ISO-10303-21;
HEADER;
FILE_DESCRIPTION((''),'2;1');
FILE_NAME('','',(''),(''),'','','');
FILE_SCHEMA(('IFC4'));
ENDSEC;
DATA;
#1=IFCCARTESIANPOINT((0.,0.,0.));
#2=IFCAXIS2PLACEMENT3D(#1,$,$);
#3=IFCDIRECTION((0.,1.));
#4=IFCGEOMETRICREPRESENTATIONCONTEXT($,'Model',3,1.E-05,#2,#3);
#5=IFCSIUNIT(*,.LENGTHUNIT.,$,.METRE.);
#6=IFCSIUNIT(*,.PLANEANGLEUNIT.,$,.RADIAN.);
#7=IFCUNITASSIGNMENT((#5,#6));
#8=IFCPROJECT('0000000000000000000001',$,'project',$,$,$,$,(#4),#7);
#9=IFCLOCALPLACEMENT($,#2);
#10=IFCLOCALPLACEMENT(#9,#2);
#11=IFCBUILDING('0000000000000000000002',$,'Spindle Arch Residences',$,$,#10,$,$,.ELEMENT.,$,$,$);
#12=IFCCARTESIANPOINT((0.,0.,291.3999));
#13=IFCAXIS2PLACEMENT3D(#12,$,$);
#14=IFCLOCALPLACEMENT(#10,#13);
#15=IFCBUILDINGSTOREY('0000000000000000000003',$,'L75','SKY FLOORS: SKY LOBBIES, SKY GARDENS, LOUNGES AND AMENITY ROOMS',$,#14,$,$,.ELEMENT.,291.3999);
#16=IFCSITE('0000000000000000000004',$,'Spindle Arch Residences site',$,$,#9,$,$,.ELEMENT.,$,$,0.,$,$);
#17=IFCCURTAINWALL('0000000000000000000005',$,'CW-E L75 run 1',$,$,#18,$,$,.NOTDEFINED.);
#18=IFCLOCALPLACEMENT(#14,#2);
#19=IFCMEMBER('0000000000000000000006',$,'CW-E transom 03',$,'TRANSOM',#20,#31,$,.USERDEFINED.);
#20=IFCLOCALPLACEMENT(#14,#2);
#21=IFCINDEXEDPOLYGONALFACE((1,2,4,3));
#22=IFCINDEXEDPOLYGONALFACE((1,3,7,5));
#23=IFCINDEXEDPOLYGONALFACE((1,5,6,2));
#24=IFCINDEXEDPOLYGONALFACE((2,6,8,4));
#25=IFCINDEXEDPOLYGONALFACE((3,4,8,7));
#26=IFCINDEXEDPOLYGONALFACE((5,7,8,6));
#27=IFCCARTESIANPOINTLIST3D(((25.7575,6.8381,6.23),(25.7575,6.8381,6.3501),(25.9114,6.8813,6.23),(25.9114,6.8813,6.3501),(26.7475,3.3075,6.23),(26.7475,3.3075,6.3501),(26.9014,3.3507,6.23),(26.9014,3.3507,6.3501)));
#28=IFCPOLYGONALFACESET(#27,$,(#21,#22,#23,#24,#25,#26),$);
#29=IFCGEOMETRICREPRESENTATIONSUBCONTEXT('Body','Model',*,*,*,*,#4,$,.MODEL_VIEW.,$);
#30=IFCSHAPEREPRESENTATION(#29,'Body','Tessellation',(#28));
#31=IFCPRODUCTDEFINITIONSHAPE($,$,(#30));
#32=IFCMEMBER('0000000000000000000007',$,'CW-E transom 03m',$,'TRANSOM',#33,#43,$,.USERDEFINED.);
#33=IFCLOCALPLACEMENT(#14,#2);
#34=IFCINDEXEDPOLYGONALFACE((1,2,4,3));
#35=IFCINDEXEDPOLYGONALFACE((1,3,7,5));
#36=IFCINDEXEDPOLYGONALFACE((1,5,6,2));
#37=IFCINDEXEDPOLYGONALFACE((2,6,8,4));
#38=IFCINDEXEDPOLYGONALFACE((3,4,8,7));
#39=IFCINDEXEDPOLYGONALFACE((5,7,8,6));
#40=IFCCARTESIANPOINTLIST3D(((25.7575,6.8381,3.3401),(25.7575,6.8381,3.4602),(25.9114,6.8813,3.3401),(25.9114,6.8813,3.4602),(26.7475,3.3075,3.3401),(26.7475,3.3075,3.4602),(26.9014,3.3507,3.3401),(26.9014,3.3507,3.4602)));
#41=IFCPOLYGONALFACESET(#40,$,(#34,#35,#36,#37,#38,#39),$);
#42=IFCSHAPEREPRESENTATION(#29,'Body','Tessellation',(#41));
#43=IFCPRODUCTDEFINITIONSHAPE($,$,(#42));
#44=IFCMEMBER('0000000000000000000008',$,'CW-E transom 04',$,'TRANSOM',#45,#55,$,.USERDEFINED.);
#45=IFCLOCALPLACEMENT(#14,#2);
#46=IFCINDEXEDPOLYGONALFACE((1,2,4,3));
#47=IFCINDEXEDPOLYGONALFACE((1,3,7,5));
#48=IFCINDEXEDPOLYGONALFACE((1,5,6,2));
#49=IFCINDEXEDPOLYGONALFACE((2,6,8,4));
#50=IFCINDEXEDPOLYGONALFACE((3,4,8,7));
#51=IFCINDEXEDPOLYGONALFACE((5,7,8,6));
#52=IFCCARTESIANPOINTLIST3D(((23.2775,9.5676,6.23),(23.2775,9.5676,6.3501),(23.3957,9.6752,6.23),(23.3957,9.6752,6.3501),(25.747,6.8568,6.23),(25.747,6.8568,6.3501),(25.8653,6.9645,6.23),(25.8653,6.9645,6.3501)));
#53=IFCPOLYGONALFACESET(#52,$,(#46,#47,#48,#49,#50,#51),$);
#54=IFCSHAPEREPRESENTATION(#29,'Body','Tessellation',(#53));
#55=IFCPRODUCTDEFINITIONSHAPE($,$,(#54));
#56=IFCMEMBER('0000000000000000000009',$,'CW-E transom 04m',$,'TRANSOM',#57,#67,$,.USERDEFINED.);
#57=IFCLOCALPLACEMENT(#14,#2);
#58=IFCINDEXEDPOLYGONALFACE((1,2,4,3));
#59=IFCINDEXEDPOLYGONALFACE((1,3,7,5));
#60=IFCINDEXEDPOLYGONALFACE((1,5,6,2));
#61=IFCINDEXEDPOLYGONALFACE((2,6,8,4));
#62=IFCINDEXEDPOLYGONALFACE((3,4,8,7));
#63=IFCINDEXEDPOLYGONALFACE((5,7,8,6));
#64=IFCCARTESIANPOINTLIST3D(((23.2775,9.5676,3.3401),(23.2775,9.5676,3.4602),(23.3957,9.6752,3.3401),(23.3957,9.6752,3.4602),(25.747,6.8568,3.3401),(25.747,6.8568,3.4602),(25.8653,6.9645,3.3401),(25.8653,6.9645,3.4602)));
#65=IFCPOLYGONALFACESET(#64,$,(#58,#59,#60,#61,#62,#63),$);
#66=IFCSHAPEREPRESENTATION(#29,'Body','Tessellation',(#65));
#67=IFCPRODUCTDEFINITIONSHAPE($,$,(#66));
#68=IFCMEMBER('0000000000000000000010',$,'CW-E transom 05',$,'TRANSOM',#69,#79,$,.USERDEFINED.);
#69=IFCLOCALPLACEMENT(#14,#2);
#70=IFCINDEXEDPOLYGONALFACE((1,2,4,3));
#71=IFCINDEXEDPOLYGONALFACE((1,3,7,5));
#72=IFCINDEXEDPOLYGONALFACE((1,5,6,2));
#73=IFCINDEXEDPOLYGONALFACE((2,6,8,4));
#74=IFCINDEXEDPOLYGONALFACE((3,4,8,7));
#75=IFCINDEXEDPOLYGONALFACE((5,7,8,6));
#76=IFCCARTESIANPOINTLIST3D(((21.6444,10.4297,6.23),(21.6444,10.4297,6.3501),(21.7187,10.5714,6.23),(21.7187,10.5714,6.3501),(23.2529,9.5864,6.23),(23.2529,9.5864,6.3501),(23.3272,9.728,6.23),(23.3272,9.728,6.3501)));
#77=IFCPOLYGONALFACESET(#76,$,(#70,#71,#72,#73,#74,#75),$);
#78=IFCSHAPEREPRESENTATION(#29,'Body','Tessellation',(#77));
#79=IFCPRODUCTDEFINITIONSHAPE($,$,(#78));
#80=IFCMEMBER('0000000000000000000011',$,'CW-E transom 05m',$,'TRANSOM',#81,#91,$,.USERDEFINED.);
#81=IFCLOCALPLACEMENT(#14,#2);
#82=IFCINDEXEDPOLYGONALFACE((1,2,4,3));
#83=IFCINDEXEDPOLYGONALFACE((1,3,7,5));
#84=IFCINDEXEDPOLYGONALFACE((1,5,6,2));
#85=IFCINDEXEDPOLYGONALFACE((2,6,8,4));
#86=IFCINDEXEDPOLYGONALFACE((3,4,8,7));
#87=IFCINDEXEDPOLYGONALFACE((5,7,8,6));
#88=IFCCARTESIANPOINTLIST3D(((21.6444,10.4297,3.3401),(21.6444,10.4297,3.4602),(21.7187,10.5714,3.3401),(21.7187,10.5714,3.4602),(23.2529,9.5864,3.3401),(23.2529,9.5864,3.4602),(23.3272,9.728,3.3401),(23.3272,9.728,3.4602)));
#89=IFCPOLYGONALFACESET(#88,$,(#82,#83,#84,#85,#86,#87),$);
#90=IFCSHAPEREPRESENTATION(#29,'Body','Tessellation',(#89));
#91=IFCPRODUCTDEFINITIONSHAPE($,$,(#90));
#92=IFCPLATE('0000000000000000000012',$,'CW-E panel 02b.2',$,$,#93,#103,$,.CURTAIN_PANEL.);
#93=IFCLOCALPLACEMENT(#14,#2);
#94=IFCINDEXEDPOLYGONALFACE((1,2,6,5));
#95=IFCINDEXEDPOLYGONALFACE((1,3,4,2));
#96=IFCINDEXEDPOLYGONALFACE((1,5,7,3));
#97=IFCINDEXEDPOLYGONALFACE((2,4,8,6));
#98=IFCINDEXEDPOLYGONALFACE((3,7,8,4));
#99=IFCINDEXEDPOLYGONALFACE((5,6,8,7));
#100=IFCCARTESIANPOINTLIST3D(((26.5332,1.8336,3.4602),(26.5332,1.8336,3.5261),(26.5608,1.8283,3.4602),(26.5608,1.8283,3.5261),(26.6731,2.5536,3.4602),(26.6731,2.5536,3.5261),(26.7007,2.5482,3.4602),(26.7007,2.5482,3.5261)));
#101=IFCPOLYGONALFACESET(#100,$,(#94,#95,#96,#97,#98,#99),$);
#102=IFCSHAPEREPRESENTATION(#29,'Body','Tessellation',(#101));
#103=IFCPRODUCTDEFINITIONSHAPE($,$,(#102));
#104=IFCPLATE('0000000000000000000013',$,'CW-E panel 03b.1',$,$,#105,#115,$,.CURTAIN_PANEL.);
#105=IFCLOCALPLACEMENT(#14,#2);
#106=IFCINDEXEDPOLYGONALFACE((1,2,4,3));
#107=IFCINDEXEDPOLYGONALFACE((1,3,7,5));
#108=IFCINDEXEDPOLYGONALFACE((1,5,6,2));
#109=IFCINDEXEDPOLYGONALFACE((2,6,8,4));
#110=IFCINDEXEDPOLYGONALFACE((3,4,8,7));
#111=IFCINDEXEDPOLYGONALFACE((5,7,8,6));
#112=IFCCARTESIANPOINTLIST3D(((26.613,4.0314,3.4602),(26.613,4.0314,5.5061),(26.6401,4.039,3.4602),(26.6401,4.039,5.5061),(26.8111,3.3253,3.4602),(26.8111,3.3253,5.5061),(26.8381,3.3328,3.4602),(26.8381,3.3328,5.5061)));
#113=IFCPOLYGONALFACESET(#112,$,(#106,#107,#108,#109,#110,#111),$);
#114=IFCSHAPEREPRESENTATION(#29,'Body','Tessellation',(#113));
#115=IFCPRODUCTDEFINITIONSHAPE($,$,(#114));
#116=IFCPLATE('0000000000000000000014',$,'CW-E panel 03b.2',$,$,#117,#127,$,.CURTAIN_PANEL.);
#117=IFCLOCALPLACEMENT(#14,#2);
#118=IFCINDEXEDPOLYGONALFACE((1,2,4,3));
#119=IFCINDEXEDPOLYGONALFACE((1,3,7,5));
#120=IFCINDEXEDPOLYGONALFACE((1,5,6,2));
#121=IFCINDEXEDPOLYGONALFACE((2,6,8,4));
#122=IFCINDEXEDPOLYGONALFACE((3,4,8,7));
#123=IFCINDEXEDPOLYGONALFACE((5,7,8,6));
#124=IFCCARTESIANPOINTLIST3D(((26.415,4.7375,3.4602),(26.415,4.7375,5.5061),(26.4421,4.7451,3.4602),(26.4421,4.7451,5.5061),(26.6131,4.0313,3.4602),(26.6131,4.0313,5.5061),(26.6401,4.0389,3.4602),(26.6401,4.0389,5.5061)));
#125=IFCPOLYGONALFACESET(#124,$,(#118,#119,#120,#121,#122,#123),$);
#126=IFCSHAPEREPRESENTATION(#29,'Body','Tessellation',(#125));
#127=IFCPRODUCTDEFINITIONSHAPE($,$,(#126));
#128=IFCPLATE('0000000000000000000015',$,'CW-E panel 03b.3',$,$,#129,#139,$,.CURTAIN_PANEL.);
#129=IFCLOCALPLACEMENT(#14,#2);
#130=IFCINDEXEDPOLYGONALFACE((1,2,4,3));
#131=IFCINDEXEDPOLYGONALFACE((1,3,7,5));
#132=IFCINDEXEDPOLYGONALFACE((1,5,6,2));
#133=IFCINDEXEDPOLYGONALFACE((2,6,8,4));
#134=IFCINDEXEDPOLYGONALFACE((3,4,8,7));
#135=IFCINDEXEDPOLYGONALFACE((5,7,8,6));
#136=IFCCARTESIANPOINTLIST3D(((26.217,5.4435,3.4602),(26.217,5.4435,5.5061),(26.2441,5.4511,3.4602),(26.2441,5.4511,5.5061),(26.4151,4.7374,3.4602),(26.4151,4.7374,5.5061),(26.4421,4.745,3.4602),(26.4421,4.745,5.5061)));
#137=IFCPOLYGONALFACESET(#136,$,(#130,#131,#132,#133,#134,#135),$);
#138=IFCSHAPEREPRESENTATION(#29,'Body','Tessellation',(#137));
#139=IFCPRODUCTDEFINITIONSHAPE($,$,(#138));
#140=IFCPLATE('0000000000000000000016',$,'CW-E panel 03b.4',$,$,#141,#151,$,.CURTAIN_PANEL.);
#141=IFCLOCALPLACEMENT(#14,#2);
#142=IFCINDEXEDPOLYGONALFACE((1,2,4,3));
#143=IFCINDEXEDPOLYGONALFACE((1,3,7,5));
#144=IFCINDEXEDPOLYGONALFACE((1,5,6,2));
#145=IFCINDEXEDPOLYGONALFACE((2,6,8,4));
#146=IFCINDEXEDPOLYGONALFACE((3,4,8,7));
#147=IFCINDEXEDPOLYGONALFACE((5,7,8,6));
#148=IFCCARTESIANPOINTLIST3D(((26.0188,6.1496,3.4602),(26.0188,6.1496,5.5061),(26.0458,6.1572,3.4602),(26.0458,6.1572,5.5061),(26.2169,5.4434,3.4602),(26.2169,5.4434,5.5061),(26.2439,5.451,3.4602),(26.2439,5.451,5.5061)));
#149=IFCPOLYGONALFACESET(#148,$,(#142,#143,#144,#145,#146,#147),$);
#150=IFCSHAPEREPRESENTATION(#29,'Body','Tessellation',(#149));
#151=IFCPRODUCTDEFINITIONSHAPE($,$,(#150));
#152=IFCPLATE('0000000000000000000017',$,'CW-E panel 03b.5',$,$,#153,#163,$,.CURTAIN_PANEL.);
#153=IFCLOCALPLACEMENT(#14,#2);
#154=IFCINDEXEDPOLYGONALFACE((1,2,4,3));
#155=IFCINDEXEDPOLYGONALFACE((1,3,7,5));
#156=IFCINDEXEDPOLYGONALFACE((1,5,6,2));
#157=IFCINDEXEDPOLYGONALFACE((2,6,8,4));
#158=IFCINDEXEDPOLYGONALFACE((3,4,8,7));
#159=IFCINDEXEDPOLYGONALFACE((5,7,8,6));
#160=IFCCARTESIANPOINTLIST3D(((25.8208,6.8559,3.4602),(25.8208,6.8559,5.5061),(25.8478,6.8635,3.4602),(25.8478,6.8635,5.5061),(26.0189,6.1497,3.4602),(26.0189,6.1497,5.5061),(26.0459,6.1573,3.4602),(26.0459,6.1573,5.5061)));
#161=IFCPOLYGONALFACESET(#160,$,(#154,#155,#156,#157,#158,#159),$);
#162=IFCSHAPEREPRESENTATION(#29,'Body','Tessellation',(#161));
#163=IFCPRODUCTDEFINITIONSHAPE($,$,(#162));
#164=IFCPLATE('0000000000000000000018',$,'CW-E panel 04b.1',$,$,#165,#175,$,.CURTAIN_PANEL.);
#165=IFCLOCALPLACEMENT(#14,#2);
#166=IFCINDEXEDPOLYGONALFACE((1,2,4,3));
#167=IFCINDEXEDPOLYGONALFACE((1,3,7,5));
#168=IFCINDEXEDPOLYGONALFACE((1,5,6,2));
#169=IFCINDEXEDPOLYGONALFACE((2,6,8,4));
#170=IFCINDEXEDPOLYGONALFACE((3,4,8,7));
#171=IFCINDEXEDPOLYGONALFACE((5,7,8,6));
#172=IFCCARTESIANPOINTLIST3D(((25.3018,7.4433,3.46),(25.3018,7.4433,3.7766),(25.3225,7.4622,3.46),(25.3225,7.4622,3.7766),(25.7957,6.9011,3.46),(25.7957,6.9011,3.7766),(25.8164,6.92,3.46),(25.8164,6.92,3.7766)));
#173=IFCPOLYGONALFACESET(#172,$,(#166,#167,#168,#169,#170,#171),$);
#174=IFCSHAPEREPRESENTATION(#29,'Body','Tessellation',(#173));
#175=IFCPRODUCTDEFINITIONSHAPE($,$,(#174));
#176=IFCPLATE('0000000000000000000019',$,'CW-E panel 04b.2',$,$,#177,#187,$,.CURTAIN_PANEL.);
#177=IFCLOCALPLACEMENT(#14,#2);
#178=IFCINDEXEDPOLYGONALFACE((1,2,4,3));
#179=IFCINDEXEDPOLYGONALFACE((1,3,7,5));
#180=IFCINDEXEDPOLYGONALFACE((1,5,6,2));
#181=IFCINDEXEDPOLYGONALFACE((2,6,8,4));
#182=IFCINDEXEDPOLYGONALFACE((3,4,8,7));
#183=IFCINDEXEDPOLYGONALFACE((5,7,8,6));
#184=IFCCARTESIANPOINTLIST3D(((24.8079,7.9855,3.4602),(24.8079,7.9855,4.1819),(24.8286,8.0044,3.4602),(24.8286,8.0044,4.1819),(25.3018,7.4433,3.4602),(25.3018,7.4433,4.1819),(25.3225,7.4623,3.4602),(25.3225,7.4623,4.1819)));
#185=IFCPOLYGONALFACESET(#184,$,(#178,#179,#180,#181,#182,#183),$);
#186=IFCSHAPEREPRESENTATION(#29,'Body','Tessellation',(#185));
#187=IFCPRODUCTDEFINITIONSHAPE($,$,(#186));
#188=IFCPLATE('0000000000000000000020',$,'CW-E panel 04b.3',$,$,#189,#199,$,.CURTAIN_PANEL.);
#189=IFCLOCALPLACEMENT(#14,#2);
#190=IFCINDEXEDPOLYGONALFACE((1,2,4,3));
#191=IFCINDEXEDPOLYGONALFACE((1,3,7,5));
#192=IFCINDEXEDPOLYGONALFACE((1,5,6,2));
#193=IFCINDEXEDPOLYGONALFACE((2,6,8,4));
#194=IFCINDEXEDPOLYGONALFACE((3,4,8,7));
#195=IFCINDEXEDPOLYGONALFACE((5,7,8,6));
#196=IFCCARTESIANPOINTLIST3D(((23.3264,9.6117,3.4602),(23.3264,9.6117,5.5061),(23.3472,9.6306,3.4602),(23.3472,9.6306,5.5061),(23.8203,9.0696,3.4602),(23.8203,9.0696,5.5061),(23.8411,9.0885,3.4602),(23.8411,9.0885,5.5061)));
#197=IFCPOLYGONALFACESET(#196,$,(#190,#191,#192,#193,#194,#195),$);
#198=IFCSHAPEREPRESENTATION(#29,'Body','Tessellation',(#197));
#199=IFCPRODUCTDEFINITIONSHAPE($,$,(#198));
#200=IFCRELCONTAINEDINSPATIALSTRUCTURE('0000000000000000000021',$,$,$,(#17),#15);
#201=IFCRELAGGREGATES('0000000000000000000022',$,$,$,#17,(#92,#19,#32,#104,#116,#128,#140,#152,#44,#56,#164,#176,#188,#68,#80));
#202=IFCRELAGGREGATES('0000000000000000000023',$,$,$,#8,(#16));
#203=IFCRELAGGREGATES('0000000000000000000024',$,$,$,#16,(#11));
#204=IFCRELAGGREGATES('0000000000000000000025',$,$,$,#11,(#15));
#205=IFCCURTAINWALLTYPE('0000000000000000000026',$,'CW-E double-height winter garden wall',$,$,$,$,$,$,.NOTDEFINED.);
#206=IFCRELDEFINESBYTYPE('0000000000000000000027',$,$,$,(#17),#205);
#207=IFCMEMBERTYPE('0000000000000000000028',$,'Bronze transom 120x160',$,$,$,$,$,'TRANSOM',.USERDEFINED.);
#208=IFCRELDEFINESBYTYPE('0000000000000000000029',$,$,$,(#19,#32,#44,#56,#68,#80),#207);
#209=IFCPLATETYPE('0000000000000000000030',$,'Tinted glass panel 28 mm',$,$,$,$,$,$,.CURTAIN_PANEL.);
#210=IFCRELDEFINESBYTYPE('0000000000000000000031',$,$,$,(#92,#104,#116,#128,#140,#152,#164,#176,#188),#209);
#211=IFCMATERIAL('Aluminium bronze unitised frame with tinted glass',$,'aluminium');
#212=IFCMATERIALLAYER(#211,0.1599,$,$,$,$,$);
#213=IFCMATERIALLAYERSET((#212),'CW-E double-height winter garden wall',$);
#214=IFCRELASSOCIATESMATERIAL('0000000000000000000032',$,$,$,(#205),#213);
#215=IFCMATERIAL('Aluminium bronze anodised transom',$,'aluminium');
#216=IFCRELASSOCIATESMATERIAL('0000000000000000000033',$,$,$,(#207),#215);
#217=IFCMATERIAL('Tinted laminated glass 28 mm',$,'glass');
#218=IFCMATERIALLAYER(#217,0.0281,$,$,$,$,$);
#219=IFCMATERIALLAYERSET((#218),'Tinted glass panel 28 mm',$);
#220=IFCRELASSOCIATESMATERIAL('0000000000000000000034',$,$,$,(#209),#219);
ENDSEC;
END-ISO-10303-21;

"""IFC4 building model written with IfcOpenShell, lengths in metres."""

from ifc_helpers import new_model, si_unit, direction, frame, origin, origin_2d, place, context, subcontext, project, spatial, rectangle, extrude, material, layer, layer_set, material_profile, profile_set, type_object, element, aggregate, save


model = new_model("IFC4")

# Units and contexts
model_context = context("Model", 3, precision=1e-05, world=origin(), true_north=direction((0.0, 1.0)))
body_context = subcontext(model_context, "Body", "Model", "MODEL_VIEW")
ifc_project = project(units=[si_unit("LENGTHUNIT", "METRE"), si_unit("PLANEANGLEUNIT", "RADIAN")], contexts=[model_context])

# Site, building, storey
site_placement = place(None, origin())
site = spatial("IfcSite", under=ifc_project, at=site_placement, Name="Spindle Arch Residences site", CompositionType="ELEMENT", RefElevation=0.0)
building_placement = place(site_placement, origin())
building = spatial("IfcBuilding", under=site, at=building_placement, Name="Spindle Arch Residences", CompositionType="ELEMENT")
storey_placement = place(building_placement, frame((0.0, 0.0, 291.3999)))
storey = spatial("IfcBuildingStorey", under=building, at=storey_placement, Name="L75", Description="SKY FLOORS: SKY LOBBIES, SKY GARDENS, LOUNGES AND AMENITY ROOMS", CompositionType="ELEMENT", Elevation=291.3999)

# Curtain wall, members, plates
ifc_material_1 = material(Name="Aluminium bronze unitised frame with tinted glass", Category="aluminium")
ifc_layer_1 = layer(ifc_material_1, 0.1599)
ifc_layer_set_1 = layer_set([ifc_layer_1], Name="CW-E double-height winter garden wall")
curtain_wall_type = type_object("IfcCurtainWallType", Name="CW-E double-height winter garden wall", PredefinedType="NOTDEFINED", material=ifc_layer_set_1)
curtain_wall_placement = place(storey_placement, origin())
curtain_wall = element("IfcCurtainWall", 1, at=curtain_wall_placement, inside=storey, type_object=curtain_wall_type, Name="CW-E L75 run 1", PredefinedType="NOTDEFINED")
ifc_material_2 = material(Name="Aluminium bronze anodised transom", Category="aluminium")
ifc_material_profile_1 = material_profile(ifc_material_2, rectangle(XDim=0.1599, YDim=0.1201, at=origin_2d()), Name="TR 120x160")
ifc_profile_set_1 = profile_set([ifc_material_profile_1], Name="Aluminium bronze anodised transom")
member_type_1 = type_object("IfcMemberType", Name="Bronze transom 120x160", ElementType="TRANSOM", PredefinedType="USERDEFINED", material=ifc_profile_set_1)
member_1_placement = place(storey_placement, frame((26.8245, 3.3291, 6.29), z_axis=(-0.269995, 0.962862, 0.0), x_axis=(-0.962862, -0.269995, 0.0)))
member_1 = element("IfcMember", 2, at=member_1_placement, type_object=member_type_1, Name="CW-E transom 03", ObjectType="TRANSOM", PredefinedType="USERDEFINED", context=body_context, shape_type="SweptSolid", body=[
    extrude(rectangle(XDim=0.1599, YDim=0.1201, at=origin_2d()), origin(), (0.0, 0.0, 1.0), 3.6667),
])
member_2_placement = place(storey_placement, frame((26.8245, 3.3291, 3.4001), z_axis=(-0.269995, 0.962862, 0.0), x_axis=(-0.962862, -0.269995, 0.0)))
member_2 = element("IfcMember", 3, at=member_2_placement, type_object=member_type_1, Name="CW-E transom 03m", ObjectType="TRANSOM", PredefinedType="USERDEFINED", context=body_context, shape_type="SweptSolid", body=[
    extrude(rectangle(XDim=0.1599, YDim=0.1201, at=origin_2d()), origin(), (0.0, 0.0, 1.0), 3.6667),
])
member_3_placement = place(storey_placement, frame((25.8062, 6.9106, 6.29), z_axis=(-0.673451, 0.739232, 0.0), x_axis=(-0.739232, -0.673451, 0.0)))
member_3 = element("IfcMember", 4, at=member_3_placement, type_object=member_type_1, Name="CW-E transom 04", ObjectType="TRANSOM", PredefinedType="USERDEFINED", context=body_context, shape_type="SweptSolid", body=[
    extrude(rectangle(XDim=0.1599, YDim=0.1201, at=origin_2d()), origin(), (0.0, 0.0, 1.0), 3.667),
])
member_4_placement = place(storey_placement, frame((25.8062, 6.9106, 3.4001), z_axis=(-0.673451, 0.739232, 0.0), x_axis=(-0.739232, -0.673451, 0.0)))
member_4 = element("IfcMember", 5, at=member_4_placement, type_object=member_type_1, Name="CW-E transom 04m", ObjectType="TRANSOM", PredefinedType="USERDEFINED", context=body_context, shape_type="SweptSolid", body=[
    extrude(rectangle(XDim=0.1599, YDim=0.1201, at=origin_2d()), origin(), (0.0, 0.0, 1.0), 3.667),
])
member_5_placement = place(storey_placement, frame((23.29, 9.6572, 6.29), z_axis=(-0.885658, 0.464339, 0.0), x_axis=(-0.464339, -0.885658, 0.0)))
member_5 = element("IfcMember", 6, at=member_5_placement, type_object=member_type_1, Name="CW-E transom 05", ObjectType="TRANSOM", PredefinedType="USERDEFINED", context=body_context, shape_type="SweptSolid", body=[
    extrude(rectangle(XDim=0.1599, YDim=0.1201, at=origin_2d()), origin(), (0.0, 0.0, 1.0), 1.8162),
])
member_6_placement = place(storey_placement, frame((23.29, 9.6572, 3.4001), z_axis=(-0.885658, 0.464339, 0.0), x_axis=(-0.464339, -0.885658, 0.0)))
member_6 = element("IfcMember", 7, at=member_6_placement, type_object=member_type_1, Name="CW-E transom 05m", ObjectType="TRANSOM", PredefinedType="USERDEFINED", context=body_context, shape_type="SweptSolid", body=[
    extrude(rectangle(XDim=0.1599, YDim=0.1201, at=origin_2d()), origin(), (0.0, 0.0, 1.0), 1.8162),
])
ifc_material_3 = material(Name="Tinted laminated glass 28 mm", Category="glass")
ifc_layer_2 = layer(ifc_material_3, 0.0281)
ifc_layer_set_2 = layer_set([ifc_layer_2], Name="Tinted glass panel 28 mm")
plate_type_1 = type_object("IfcPlateType", Name="Tinted glass panel 28 mm", PredefinedType="CURTAIN_PANEL", material=ifc_layer_set_2)
plate_1_placement = place(storey_placement, frame((26.6169, 2.1909, 3.4602), z_axis=(0.0, 0.0, 1.0), x_axis=(0.190809, 0.981627, 0.0)))
plate_1 = element("IfcPlate", 8, at=plate_1_placement, type_object=plate_type_1, Name="CW-E panel 02b.2", PredefinedType="CURTAIN_PANEL", context=body_context, shape_type="SweptSolid", body=[
    extrude(rectangle(XDim=0.7334, YDim=0.0281, at=origin_2d()), origin(), (0.0, 0.0, 1.0), 0.0659),
])
plate_2_placement = place(storey_placement, frame((26.7256, 3.6821, 3.4602), z_axis=(0.0, 0.0, 1.0), x_axis=(-0.27004, 0.962849, 0.0)))
plate_2 = element("IfcPlate", 9, at=plate_2_placement, type_object=plate_type_1, Name="CW-E panel 03b.1", PredefinedType="CURTAIN_PANEL", context=body_context, shape_type="SweptSolid", body=[
    extrude(rectangle(XDim=0.7334, YDim=0.0281, at=origin_2d()), origin(), (0.0, 0.0, 1.0), 2.0459),
])
plate_3_placement = place(storey_placement, frame((26.5276, 4.3882, 3.4602), z_axis=(0.0, 0.0, 1.0), x_axis=(-0.27004, 0.962849, 0.0)))
plate_3 = element("IfcPlate", 10, at=plate_3_placement, type_object=plate_type_1, Name="CW-E panel 03b.2", PredefinedType="CURTAIN_PANEL", context=body_context, shape_type="SweptSolid", body=[
    extrude(rectangle(XDim=0.7334, YDim=0.0281, at=origin_2d()), origin(), (0.0, 0.0, 1.0), 2.0459),
])
plate_4_placement = place(storey_placement, frame((26.3296, 5.0942, 3.4602), z_axis=(0.0, 0.0, 1.0), x_axis=(-0.27004, 0.962849, 0.0)))
plate_4 = element("IfcPlate", 11, at=plate_4_placement, type_object=plate_type_1, Name="CW-E panel 03b.3", PredefinedType="CURTAIN_PANEL", context=body_context, shape_type="SweptSolid", body=[
    extrude(rectangle(XDim=0.7334, YDim=0.0281, at=origin_2d()), origin(), (0.0, 0.0, 1.0), 2.0459),
])
plate_5_placement = place(storey_placement, frame((26.1313, 5.8003, 3.4602), z_axis=(0.0, 0.0, 1.0), x_axis=(-0.27004, 0.962849, 0.0)))
plate_5 = element("IfcPlate", 12, at=plate_5_placement, type_object=plate_type_1, Name="CW-E panel 03b.4", PredefinedType="CURTAIN_PANEL", context=body_context, shape_type="SweptSolid", body=[
    extrude(rectangle(XDim=0.7334, YDim=0.0281, at=origin_2d()), origin(), (0.0, 0.0, 1.0), 2.0459),
])
plate_6_placement = place(storey_placement, frame((25.9333, 6.5066, 3.4602), z_axis=(0.0, 0.0, 1.0), x_axis=(-0.27004, 0.962849, 0.0)))
plate_6 = element("IfcPlate", 13, at=plate_6_placement, type_object=plate_type_1, Name="CW-E panel 03b.5", PredefinedType="CURTAIN_PANEL", context=body_context, shape_type="SweptSolid", body=[
    extrude(rectangle(XDim=0.7334, YDim=0.0281, at=origin_2d()), origin(), (0.0, 0.0, 1.0), 2.0459),
])
plate_7_placement = place(storey_placement, frame((25.5591, 7.1816, 3.46), z_axis=(0.0, 0.0, 1.0), x_axis=(-0.673443, 0.739239, 0.0)))
plate_7 = element("IfcPlate", 14, at=plate_7_placement, type_object=plate_type_1, Name="CW-E panel 04b.1", PredefinedType="CURTAIN_PANEL", context=body_context, shape_type="SweptSolid", body=[
    extrude(rectangle(XDim=0.7334, YDim=0.0281, at=origin_2d()), origin(), (0.0, 0.0, 1.0), 0.3167),
])
plate_8_placement = place(storey_placement, frame((25.0652, 7.7239, 3.4602), z_axis=(0.0, 0.0, 1.0), x_axis=(-0.673443, 0.739239, 0.0)))
plate_8 = element("IfcPlate", 15, at=plate_8_placement, type_object=plate_type_1, Name="CW-E panel 04b.2", PredefinedType="CURTAIN_PANEL", context=body_context, shape_type="SweptSolid", body=[
    extrude(rectangle(XDim=0.7334, YDim=0.0281, at=origin_2d()), origin(), (0.0, 0.0, 1.0), 0.7217),
])
plate_9_placement = place(storey_placement, frame((23.5837, 9.3501, 3.4602), z_axis=(0.0, 0.0, 1.0), x_axis=(-0.673443, 0.739239, 0.0)))
plate_9 = element("IfcPlate", 16, at=plate_9_placement, type_object=plate_type_1, Name="CW-E panel 04b.3", PredefinedType="CURTAIN_PANEL", context=body_context, shape_type="SweptSolid", body=[
    extrude(rectangle(XDim=0.7334, YDim=0.0281, at=origin_2d()), origin(), (0.0, 0.0, 1.0), 2.0459),
])
aggregate(curtain_wall, [plate_1, member_1, member_2, plate_2, plate_3, plate_4, plate_5, plate_6, member_3, member_4, plate_7, plate_8, plate_9, member_5, member_6])

save(model, "model.ifc")
